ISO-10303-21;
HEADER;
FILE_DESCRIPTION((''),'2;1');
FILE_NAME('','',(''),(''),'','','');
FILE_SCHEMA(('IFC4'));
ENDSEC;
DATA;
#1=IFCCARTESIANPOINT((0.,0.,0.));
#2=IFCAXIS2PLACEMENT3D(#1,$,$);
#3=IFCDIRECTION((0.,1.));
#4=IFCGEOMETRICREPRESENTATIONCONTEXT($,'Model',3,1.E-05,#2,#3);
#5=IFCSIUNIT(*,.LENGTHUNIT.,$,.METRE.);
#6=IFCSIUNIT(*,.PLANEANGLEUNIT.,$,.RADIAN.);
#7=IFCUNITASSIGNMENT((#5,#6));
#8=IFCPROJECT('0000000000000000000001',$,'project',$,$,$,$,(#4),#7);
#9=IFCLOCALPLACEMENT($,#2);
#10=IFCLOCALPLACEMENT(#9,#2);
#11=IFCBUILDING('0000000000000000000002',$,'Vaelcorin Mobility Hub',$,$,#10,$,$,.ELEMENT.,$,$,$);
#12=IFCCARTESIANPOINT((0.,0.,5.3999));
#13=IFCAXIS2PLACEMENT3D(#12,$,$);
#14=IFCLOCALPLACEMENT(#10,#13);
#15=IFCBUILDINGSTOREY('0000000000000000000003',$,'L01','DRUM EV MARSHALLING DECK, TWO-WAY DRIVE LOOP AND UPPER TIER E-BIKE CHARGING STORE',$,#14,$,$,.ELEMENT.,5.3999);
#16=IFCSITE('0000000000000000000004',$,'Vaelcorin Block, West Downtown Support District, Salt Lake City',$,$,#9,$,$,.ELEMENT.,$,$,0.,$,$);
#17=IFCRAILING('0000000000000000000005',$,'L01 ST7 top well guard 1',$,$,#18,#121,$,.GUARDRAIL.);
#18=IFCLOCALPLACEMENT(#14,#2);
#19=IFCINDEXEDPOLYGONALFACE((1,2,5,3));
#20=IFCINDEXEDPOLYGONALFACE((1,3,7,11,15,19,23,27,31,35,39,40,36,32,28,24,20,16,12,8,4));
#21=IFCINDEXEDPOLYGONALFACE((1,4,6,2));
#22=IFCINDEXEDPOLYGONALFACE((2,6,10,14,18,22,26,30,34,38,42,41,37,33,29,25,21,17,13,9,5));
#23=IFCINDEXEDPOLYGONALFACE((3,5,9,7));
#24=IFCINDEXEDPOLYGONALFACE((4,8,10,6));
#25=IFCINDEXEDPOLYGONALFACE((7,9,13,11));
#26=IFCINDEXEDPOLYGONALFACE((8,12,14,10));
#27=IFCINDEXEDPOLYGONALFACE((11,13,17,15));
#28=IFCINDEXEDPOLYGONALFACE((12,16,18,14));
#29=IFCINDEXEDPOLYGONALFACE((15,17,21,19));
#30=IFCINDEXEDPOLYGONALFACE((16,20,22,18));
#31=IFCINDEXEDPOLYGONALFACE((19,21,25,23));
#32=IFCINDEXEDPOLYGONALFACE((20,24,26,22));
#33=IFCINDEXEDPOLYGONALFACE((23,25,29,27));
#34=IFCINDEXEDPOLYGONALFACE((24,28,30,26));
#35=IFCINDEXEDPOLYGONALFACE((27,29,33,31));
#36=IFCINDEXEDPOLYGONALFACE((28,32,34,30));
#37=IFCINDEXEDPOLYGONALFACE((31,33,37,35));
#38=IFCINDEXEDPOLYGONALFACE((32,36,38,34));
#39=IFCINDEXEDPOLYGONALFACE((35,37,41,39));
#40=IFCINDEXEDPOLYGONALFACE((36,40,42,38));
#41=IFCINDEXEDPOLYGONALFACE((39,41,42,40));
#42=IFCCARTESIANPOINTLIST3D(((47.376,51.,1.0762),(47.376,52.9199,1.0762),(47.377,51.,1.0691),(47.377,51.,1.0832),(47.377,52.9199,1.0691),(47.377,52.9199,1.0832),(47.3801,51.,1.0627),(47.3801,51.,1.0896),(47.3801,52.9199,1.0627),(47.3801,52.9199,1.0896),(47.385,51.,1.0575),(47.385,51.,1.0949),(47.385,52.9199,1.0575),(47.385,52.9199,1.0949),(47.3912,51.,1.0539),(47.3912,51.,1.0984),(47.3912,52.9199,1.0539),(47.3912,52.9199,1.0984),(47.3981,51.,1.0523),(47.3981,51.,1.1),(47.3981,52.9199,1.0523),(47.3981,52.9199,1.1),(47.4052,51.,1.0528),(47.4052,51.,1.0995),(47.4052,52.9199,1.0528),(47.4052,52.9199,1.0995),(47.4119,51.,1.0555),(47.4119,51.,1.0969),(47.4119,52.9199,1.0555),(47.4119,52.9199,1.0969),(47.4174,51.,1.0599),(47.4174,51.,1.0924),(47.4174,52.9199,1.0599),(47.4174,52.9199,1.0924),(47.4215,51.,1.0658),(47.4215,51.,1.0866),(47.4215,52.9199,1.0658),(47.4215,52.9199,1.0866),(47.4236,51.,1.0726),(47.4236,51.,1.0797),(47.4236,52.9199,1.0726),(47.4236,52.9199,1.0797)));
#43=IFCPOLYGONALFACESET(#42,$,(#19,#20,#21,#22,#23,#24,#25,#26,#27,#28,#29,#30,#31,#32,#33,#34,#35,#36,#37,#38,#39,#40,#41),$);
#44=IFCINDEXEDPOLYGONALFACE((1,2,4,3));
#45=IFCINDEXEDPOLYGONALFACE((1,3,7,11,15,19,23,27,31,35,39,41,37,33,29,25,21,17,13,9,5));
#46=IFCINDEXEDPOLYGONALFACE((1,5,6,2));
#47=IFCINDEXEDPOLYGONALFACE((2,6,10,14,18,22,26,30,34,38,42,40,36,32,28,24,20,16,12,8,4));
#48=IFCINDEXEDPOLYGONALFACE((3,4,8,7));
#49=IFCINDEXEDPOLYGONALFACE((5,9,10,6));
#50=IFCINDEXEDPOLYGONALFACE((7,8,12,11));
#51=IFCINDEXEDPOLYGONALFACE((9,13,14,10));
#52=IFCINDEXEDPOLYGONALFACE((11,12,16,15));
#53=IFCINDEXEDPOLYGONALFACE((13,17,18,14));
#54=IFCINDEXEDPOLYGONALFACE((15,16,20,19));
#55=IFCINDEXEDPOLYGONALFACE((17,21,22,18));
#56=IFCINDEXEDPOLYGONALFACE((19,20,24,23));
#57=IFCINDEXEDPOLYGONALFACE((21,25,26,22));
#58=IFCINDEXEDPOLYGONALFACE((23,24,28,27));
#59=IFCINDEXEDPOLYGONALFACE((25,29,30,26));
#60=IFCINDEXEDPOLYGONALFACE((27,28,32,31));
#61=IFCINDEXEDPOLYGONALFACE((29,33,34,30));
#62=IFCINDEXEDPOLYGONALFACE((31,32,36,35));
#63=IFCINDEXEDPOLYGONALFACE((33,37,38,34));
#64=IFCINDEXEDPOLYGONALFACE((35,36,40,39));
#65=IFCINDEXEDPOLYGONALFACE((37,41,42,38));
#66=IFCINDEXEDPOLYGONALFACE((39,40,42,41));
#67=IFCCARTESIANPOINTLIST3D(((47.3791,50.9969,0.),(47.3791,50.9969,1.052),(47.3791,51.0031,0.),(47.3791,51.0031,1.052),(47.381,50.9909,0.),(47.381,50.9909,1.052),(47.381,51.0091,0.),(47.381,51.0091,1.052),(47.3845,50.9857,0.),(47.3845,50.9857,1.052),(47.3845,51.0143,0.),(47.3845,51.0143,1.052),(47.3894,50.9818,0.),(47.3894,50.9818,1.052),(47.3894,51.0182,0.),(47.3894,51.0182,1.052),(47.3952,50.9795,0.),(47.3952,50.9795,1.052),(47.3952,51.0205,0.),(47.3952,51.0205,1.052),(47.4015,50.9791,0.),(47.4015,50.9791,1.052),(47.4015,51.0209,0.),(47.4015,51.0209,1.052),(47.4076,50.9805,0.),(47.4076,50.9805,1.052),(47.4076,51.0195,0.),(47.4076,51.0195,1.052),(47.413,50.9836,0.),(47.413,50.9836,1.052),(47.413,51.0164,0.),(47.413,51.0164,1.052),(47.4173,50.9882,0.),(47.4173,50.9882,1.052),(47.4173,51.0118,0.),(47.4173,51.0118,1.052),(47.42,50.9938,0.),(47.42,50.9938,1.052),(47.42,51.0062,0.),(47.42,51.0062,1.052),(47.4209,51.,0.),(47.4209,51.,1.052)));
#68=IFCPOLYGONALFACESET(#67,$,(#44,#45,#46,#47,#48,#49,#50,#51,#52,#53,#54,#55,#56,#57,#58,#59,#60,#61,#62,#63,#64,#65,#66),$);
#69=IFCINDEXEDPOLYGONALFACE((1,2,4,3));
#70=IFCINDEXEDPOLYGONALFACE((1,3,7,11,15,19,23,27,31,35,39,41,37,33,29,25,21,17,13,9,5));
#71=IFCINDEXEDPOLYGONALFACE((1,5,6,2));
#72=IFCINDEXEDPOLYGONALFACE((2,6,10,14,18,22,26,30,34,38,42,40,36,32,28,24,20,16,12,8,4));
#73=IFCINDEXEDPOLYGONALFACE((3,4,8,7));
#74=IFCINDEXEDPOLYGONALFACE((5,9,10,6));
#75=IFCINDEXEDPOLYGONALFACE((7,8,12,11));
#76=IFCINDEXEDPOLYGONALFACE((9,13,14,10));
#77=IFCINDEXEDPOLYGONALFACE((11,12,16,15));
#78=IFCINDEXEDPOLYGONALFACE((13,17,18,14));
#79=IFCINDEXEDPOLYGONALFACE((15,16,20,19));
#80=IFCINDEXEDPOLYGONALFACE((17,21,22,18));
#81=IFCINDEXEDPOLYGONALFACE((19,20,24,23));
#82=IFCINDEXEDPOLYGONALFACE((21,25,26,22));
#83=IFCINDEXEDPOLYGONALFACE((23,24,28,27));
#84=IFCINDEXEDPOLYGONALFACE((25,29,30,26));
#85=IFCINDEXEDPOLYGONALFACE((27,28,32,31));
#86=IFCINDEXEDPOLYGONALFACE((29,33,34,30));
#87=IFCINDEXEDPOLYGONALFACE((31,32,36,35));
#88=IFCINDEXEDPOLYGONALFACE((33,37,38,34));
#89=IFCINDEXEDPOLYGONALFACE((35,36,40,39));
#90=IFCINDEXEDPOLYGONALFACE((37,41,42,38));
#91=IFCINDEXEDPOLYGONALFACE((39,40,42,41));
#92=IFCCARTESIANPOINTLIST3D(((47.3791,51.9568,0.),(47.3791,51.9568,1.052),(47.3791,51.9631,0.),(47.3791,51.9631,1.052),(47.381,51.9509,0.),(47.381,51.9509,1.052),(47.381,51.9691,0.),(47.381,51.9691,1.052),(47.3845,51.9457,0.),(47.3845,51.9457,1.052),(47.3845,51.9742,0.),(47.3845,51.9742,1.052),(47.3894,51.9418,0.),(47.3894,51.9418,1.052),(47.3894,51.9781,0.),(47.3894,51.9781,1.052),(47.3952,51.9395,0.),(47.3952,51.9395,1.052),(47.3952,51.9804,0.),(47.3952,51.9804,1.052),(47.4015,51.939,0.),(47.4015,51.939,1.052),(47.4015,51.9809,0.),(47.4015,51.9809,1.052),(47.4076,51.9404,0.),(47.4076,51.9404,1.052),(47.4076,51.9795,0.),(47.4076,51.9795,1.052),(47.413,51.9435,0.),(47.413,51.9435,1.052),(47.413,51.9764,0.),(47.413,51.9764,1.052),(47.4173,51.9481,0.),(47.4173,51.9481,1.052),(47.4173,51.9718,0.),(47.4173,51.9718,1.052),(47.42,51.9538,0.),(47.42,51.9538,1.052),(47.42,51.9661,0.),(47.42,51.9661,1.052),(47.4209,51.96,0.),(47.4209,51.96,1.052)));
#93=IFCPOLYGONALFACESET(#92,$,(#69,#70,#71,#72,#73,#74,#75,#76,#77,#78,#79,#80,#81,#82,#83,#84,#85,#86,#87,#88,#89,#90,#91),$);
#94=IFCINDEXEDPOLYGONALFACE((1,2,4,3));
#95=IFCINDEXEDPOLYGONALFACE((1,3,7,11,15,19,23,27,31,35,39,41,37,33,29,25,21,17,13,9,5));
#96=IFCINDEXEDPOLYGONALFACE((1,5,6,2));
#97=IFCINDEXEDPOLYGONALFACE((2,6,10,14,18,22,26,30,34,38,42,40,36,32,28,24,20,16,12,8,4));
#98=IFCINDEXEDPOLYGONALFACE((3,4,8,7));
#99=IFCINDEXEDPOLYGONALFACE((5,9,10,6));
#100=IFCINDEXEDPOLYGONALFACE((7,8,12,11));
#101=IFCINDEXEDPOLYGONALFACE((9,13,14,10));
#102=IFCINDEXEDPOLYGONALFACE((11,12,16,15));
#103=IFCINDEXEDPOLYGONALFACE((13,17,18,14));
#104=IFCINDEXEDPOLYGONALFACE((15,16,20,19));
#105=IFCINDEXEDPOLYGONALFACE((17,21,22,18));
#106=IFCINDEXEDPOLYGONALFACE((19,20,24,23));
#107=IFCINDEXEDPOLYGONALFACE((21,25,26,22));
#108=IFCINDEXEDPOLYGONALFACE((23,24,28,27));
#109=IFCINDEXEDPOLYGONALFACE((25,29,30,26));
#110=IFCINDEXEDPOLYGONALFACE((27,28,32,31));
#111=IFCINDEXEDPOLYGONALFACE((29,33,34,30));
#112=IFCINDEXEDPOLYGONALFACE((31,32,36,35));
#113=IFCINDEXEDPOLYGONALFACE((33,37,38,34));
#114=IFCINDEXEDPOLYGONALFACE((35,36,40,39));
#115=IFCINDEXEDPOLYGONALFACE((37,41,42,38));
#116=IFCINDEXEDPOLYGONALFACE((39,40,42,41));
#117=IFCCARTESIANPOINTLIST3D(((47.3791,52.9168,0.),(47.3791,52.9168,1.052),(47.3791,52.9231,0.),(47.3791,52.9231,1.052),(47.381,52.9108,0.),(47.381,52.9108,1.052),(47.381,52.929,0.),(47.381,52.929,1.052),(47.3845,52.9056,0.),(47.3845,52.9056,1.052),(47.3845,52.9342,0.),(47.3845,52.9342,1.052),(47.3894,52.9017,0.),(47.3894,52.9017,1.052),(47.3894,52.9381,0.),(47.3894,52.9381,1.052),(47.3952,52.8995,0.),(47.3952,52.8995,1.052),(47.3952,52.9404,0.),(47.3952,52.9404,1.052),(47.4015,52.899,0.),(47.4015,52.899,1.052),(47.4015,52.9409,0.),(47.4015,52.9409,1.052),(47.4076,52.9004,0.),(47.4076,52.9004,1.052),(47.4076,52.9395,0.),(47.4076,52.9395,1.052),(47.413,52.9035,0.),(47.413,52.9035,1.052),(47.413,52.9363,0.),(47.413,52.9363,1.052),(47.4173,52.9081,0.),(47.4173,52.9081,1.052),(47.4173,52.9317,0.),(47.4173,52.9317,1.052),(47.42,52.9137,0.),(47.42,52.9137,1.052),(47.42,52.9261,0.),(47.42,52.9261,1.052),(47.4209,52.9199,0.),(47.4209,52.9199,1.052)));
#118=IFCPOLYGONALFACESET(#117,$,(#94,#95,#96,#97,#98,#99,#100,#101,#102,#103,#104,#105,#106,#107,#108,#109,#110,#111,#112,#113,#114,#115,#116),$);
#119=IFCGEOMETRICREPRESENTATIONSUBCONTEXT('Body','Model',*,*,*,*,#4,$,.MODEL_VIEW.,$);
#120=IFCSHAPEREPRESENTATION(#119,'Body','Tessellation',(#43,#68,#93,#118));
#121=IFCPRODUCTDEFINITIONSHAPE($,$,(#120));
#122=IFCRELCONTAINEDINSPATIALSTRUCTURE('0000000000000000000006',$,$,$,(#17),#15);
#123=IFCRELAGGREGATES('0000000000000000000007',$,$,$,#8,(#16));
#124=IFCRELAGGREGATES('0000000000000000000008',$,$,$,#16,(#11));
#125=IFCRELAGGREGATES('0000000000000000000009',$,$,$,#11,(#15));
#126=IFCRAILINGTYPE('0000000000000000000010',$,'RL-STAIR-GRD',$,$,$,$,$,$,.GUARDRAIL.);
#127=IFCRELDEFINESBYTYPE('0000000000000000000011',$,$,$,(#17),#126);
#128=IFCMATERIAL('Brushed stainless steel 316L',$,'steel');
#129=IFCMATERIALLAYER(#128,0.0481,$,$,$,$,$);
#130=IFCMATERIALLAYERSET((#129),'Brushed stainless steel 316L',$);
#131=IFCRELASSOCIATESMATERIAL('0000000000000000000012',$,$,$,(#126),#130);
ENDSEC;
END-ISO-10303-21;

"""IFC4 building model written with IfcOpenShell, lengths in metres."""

from ifc_helpers import new_model, si_unit, direction, frame, origin, origin_2d, place, context, subcontext, project, spatial, circle, extrude, material, layer, layer_set, type_object, element, save


model = new_model("IFC4")

# Units and contexts
model_context = context("Model", 3, precision=1e-05, world=origin(), true_north=direction((0.0, 1.0)))
body_context = subcontext(model_context, "Body", "Model", "MODEL_VIEW")
ifc_project = project(units=[si_unit("LENGTHUNIT", "METRE"), si_unit("PLANEANGLEUNIT", "RADIAN")], contexts=[model_context])

# Site, building, storey
site_placement = place(None, origin())
site = spatial("IfcSite", under=ifc_project, at=site_placement, Name="Vaelcorin Block, West Downtown Support District, Salt Lake City", CompositionType="ELEMENT", RefElevation=0.0)
building_placement = place(site_placement, origin())
building = spatial("IfcBuilding", under=site, at=building_placement, Name="Vaelcorin Mobility Hub", CompositionType="ELEMENT")
storey_placement = place(building_placement, frame((0.0, 0.0, 5.3999)))
storey = spatial("IfcBuildingStorey", under=building, at=storey_placement, Name="L01", Description="DRUM EV MARSHALLING DECK, TWO-WAY DRIVE LOOP AND UPPER TIER E-BIKE CHARGING STORE", CompositionType="ELEMENT", Elevation=5.3999)

# Railing
ifc_material_1 = material(Name="Brushed stainless steel 316L", Category="steel")
ifc_layer_1 = layer(ifc_material_1, 0.0481)
ifc_layer_set_1 = layer_set([ifc_layer_1], Name="Brushed stainless steel 316L")
railing_type_1 = type_object("IfcRailingType", Name="RL-STAIR-GRD", PredefinedType="GUARDRAIL", material=ifc_layer_set_1)
railing_1_placement = place(storey_placement, frame((47.3999, 51.0, 0.0)))
element("IfcRailing", 1, at=railing_1_placement, inside=storey, type_object=railing_type_1, Name="L01 ST7 top well guard 1", PredefinedType="GUARDRAIL", context=body_context, shape_type="SweptSolid", body=[
    extrude(circle(Radius=0.0239, at=origin_2d()), frame((0.0, 0.0, 1.0762), z_axis=(0.0, 1.0, 0.0), x_axis=(-1.0, 0.0, 0.0)), (0.0, 0.0, 1.0), 1.9199),
    extrude(circle(Radius=0.021, at=origin_2d()), origin(), (0.0, 0.0, 1.0), 1.052),
    extrude(circle(Radius=0.021, at=origin_2d()), frame((0.0, 0.96, 0.0)), (0.0, 0.0, 1.0), 1.052),
    extrude(circle(Radius=0.021, at=origin_2d()), frame((0.0, 1.9199, 0.0)), (0.0, 0.0, 1.0), 1.052),
])

save(model, "model.ifc")
